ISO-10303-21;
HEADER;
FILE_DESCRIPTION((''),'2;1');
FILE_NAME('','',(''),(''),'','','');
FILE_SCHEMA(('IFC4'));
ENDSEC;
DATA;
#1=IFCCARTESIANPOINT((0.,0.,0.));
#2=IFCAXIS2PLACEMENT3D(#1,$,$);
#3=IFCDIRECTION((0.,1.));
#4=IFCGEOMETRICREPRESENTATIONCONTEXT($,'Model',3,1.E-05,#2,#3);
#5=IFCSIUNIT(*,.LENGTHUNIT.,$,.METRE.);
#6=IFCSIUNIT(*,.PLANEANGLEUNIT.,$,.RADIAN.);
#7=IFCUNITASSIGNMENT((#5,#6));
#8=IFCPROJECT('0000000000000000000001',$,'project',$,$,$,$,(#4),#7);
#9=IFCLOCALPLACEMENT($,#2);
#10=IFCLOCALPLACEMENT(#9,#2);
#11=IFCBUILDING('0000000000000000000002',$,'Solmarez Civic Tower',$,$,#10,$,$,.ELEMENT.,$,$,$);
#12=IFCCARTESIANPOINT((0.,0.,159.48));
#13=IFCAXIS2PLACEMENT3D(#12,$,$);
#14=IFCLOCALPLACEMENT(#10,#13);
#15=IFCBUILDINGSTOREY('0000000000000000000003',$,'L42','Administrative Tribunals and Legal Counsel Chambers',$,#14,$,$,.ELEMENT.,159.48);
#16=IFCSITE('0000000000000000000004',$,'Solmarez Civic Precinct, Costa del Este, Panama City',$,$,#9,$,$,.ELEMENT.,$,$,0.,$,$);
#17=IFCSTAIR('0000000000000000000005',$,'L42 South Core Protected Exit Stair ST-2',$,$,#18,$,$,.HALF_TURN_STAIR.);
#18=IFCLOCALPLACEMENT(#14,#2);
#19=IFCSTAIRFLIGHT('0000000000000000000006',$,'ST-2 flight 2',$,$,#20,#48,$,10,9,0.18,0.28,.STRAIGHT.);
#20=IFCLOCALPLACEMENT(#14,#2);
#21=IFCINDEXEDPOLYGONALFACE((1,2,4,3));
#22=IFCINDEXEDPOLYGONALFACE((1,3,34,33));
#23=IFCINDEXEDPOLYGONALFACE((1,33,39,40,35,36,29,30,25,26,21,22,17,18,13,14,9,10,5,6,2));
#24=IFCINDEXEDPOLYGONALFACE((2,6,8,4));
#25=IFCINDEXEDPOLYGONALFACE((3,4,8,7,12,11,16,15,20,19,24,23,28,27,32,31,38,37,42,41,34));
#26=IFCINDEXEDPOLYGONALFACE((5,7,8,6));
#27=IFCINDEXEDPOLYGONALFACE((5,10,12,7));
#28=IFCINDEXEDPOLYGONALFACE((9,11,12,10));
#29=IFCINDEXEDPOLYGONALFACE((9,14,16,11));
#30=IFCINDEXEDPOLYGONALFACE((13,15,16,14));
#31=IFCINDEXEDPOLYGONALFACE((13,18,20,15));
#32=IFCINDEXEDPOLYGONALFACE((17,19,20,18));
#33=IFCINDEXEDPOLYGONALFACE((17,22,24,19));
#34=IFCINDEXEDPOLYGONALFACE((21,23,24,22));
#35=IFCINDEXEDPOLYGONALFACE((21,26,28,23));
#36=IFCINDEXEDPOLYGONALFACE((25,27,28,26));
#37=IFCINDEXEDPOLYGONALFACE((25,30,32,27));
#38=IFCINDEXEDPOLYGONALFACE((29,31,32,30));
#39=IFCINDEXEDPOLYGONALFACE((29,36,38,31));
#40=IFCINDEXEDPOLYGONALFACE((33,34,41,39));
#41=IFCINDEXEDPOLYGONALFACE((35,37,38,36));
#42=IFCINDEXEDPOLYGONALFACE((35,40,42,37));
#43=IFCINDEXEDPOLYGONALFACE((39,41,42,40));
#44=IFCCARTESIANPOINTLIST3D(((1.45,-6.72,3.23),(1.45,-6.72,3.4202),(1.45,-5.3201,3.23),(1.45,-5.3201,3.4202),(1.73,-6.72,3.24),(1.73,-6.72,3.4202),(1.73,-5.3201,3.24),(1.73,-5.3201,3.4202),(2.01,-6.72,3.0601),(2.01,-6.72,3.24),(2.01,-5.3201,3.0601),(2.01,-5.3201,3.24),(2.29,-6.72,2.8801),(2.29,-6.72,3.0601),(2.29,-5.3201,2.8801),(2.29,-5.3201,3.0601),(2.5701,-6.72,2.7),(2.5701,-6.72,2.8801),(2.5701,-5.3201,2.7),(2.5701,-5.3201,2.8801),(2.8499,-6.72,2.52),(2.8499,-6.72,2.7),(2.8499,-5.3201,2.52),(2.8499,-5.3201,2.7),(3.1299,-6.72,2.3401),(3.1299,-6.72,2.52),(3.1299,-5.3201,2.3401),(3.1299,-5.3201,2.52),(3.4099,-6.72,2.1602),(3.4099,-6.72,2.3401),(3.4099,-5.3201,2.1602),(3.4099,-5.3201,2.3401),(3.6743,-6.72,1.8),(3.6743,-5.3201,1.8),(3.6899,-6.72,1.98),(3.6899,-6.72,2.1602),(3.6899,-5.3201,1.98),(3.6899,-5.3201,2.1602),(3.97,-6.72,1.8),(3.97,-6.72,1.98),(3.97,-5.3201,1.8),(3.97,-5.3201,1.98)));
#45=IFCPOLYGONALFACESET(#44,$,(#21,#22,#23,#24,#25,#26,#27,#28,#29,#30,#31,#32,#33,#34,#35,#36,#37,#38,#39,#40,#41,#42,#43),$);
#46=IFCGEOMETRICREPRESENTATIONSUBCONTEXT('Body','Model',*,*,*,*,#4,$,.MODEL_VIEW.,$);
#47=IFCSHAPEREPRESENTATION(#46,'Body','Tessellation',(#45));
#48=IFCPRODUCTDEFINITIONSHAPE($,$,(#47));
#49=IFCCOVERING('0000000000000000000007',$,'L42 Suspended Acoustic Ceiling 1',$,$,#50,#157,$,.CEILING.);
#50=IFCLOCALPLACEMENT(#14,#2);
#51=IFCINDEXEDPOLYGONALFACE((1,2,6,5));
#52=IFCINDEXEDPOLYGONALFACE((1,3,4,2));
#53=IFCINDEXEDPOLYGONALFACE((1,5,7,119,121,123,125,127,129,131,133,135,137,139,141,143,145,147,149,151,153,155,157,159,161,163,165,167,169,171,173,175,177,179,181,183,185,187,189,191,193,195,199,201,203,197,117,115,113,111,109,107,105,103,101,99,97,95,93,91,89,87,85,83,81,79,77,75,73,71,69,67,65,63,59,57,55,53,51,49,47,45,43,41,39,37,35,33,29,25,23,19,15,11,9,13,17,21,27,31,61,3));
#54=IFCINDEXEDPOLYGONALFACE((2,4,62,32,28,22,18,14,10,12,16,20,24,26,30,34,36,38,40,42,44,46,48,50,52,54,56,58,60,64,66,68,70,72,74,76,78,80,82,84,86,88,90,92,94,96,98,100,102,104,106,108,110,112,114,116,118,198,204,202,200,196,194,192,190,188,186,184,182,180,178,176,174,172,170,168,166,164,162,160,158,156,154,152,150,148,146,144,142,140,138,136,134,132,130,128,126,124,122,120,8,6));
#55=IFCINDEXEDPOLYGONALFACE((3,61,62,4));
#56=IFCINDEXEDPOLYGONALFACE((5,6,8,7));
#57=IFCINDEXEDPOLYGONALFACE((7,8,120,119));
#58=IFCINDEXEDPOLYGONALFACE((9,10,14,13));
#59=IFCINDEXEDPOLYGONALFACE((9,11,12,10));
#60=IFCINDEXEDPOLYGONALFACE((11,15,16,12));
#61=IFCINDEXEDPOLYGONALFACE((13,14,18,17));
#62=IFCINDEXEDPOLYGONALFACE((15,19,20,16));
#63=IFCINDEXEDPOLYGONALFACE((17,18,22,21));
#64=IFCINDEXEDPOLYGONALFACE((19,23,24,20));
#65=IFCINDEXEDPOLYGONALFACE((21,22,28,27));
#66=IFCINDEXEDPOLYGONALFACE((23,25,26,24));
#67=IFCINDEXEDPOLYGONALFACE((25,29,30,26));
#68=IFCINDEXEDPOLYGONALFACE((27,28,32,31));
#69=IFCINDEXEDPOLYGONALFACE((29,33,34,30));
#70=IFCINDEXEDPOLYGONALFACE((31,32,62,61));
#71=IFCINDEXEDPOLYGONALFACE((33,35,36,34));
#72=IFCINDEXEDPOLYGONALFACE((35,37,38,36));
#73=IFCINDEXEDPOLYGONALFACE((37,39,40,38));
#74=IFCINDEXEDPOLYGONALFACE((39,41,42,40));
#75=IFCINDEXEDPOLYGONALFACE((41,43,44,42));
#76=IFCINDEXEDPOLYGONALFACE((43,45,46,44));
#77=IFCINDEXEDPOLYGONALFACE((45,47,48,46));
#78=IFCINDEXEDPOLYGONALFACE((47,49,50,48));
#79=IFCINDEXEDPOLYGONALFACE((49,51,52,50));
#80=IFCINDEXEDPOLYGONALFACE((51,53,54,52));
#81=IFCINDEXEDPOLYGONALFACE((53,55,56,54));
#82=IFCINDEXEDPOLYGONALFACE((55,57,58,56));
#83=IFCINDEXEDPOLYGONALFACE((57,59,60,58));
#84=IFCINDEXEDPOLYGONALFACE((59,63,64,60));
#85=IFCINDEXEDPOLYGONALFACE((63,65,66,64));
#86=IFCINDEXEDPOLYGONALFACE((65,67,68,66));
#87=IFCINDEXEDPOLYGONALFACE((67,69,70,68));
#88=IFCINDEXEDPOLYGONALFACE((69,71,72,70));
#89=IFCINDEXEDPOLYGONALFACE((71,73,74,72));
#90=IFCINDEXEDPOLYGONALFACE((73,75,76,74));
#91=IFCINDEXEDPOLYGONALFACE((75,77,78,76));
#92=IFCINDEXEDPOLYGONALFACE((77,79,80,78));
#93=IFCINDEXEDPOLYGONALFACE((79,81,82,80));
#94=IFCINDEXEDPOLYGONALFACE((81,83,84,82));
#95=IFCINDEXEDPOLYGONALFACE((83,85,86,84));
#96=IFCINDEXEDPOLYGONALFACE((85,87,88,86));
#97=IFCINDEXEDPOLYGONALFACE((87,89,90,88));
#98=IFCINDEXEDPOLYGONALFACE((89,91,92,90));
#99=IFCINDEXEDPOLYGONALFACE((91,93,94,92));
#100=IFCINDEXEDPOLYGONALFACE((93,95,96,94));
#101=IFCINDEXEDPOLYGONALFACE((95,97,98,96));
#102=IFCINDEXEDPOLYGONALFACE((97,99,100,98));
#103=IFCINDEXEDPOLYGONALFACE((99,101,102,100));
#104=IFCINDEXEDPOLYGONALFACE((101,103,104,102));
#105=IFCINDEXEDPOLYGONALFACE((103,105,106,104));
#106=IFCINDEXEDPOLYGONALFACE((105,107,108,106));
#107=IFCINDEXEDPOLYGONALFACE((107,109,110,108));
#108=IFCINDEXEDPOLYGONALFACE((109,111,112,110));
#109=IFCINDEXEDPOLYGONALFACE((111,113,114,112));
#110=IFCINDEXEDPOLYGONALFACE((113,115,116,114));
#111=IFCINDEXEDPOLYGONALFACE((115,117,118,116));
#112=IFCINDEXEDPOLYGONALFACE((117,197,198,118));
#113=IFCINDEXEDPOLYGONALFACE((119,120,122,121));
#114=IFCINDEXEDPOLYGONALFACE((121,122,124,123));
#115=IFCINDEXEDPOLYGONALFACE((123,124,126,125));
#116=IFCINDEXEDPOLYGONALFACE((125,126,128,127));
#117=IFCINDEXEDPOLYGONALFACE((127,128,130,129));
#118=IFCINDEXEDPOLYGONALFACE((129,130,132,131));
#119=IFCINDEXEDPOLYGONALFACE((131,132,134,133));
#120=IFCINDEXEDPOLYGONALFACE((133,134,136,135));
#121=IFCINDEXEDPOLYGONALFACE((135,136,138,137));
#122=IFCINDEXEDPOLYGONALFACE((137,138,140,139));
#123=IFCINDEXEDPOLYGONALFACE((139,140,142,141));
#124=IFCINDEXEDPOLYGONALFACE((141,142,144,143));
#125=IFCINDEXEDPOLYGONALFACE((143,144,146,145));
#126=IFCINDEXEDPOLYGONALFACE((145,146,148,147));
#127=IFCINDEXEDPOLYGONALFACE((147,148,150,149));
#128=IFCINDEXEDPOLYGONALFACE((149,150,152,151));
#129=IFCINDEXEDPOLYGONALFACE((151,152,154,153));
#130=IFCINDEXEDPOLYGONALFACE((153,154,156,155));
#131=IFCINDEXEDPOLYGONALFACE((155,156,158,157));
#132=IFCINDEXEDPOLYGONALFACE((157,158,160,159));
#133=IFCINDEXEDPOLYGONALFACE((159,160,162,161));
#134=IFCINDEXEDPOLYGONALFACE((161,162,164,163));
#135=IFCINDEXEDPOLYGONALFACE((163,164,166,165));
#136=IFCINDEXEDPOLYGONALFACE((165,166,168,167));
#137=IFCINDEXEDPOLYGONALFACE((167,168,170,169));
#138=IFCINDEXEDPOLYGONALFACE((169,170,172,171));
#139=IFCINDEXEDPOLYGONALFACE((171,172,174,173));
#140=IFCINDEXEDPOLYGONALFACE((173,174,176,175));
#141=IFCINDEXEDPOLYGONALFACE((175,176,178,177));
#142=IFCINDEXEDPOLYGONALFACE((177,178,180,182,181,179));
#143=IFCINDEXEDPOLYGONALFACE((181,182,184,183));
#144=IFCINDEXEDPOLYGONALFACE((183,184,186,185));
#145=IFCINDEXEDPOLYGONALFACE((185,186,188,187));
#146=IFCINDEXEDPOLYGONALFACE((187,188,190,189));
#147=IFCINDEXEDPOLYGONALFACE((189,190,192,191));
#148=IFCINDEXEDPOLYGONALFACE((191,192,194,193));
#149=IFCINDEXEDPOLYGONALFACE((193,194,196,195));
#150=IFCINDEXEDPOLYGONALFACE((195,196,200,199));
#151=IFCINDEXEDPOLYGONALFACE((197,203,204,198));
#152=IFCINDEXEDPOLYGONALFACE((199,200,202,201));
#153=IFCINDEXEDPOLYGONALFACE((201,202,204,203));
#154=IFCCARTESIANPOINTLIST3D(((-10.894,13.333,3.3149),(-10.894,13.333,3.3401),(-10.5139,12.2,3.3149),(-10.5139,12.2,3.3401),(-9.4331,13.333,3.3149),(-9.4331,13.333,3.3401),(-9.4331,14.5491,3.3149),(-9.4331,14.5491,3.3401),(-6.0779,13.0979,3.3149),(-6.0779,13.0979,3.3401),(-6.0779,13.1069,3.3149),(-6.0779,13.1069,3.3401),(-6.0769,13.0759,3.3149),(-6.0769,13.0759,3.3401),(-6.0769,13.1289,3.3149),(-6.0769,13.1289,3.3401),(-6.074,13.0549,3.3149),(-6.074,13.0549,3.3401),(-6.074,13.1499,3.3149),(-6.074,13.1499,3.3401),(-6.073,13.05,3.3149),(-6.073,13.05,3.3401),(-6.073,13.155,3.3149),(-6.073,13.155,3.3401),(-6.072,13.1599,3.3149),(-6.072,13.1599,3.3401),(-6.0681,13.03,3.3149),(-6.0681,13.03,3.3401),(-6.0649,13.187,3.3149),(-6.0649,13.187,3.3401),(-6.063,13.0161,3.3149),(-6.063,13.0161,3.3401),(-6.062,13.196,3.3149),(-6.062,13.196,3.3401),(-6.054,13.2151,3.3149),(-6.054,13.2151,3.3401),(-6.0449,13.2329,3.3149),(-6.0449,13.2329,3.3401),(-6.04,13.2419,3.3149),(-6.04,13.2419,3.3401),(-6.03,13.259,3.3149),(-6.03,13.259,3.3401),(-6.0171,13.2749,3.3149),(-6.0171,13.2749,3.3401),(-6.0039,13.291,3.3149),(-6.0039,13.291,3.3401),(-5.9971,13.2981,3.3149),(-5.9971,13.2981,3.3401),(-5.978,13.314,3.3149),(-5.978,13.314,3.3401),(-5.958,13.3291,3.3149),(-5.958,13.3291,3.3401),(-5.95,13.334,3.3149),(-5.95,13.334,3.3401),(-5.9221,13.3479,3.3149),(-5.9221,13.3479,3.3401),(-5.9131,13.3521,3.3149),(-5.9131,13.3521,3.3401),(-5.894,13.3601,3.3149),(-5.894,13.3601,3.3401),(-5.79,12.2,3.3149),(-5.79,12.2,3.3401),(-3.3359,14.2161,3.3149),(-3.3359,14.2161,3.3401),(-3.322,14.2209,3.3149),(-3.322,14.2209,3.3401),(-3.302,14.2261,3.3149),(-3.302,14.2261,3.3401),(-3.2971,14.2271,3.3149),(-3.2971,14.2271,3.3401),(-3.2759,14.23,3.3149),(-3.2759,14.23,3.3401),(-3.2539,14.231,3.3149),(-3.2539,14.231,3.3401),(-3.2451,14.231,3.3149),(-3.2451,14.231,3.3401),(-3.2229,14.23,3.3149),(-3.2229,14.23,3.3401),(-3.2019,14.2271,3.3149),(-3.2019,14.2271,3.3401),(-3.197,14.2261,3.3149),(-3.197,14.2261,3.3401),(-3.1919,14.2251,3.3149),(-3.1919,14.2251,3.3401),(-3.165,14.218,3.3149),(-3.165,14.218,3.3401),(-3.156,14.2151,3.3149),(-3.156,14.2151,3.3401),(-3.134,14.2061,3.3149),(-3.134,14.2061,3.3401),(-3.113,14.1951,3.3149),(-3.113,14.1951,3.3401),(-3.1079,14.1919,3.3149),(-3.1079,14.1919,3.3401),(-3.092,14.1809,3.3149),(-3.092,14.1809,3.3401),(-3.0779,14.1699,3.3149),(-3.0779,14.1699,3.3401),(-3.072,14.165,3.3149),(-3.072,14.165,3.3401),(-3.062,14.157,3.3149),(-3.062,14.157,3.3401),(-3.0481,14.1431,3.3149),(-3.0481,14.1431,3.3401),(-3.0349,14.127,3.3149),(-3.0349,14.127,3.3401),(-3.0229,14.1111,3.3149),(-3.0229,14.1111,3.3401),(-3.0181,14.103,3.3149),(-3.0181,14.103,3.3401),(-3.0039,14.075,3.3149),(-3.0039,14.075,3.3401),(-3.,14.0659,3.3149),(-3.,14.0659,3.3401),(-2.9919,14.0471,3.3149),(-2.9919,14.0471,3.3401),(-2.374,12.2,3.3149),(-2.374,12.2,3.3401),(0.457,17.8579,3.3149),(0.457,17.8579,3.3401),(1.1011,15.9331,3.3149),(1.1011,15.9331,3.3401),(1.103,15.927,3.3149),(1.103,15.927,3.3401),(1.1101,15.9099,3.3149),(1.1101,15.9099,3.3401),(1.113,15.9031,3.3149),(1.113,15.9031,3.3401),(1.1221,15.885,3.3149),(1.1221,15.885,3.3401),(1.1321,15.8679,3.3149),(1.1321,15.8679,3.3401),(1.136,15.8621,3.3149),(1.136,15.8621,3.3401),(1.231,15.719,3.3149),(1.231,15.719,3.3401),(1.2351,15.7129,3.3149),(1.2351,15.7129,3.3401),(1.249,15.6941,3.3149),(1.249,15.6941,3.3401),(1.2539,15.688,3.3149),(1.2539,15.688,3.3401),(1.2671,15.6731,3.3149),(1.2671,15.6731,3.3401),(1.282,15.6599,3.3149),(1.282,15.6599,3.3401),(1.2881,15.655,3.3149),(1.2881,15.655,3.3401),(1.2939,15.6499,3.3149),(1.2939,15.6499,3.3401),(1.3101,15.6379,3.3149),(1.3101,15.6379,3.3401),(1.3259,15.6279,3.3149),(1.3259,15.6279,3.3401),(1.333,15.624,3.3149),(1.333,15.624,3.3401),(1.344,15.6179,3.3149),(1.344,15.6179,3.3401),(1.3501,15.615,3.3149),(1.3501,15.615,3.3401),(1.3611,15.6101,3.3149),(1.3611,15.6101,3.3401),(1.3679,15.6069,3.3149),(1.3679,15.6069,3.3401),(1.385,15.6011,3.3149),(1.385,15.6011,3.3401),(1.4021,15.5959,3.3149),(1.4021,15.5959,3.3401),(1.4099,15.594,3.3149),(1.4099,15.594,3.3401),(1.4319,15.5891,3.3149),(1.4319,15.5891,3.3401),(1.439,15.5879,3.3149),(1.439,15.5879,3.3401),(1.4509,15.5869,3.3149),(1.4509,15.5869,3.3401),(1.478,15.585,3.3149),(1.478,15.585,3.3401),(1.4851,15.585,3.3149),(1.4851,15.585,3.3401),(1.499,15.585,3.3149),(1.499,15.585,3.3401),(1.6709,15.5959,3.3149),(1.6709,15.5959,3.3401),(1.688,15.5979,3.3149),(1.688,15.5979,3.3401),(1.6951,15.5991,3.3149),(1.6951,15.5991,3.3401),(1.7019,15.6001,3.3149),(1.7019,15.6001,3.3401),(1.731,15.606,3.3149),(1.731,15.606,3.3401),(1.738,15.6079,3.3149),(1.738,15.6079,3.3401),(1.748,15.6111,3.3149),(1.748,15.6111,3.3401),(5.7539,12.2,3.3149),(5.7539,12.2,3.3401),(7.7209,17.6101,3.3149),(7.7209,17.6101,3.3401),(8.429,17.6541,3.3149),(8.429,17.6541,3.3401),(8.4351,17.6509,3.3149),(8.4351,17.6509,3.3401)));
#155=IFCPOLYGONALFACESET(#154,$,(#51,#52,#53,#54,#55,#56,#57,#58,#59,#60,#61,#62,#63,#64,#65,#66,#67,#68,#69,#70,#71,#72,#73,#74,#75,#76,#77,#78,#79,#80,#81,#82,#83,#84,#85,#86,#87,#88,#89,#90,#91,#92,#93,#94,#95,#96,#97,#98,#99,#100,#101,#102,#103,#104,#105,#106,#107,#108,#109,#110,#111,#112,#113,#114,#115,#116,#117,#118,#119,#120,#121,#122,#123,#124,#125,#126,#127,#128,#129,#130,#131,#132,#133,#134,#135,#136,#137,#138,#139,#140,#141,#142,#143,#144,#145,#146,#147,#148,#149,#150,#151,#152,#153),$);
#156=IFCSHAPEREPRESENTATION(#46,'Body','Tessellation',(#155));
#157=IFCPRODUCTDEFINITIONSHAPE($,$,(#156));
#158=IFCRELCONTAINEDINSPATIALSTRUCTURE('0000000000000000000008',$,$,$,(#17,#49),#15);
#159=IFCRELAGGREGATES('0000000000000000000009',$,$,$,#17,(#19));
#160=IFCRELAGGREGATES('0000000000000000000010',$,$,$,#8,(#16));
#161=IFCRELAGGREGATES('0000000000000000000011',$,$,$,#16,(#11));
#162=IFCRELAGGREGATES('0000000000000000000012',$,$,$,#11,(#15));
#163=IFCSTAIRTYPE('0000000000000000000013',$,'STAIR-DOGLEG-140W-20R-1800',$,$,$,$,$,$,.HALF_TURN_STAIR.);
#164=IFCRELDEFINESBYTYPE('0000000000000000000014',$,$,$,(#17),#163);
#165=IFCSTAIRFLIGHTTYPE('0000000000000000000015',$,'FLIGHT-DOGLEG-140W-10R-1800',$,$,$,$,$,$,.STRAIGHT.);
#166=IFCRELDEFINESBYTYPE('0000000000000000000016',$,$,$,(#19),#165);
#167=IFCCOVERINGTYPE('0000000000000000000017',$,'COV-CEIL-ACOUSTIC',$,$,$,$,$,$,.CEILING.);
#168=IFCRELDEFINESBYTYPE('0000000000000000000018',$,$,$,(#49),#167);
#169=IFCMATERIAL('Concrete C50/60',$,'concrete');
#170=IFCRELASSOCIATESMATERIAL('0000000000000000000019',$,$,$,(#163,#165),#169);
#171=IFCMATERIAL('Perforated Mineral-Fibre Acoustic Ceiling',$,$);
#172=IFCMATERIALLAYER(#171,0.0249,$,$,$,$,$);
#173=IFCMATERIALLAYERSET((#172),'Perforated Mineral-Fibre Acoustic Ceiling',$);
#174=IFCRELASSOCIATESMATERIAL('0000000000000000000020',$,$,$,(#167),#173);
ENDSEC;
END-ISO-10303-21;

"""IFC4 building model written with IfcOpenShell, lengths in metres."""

from ifc_helpers import new_model, si_unit, direction, frame, origin, place, context, subcontext, project, spatial, polyline, outline, extrude, material, layer, layer_set, type_object, element, aggregate, save


model = new_model("IFC4")

# Units and contexts
model_context = context("Model", 3, precision=1e-05, world=origin(), true_north=direction((0.0, 1.0)))
body_context = subcontext(model_context, "Body", "Model", "MODEL_VIEW")
ifc_project = project(units=[si_unit("LENGTHUNIT", "METRE"), si_unit("PLANEANGLEUNIT", "RADIAN")], contexts=[model_context])

# Site, building, storey
site_placement = place(None, origin())
site = spatial("IfcSite", under=ifc_project, at=site_placement, Name="Solmarez Civic Precinct, Costa del Este, Panama City", CompositionType="ELEMENT", RefElevation=0.0)
building_placement = place(site_placement, origin())
building = spatial("IfcBuilding", under=site, at=building_placement, Name="Solmarez Civic Tower", CompositionType="ELEMENT")
storey_placement = place(building_placement, frame((0.0, 0.0, 159.48)))
storey = spatial("IfcBuildingStorey", under=building, at=storey_placement, Name="L42", Description="Administrative Tribunals and Legal Counsel Chambers", CompositionType="ELEMENT", Elevation=159.48)

# Shared definitions
ifc_material_1 = material(Name="Concrete C50/60", Category="concrete")

# Stair
stair_type = type_object("IfcStairType", Name="STAIR-DOGLEG-140W-20R-1800", PredefinedType="HALF_TURN_STAIR", material=ifc_material_1)
stair_1_placement = place(storey_placement, origin())
stair_1 = element("IfcStair", 1, at=stair_1_placement, inside=storey, type_object=stair_type, Name="L42 South Core Protected Exit Stair ST-2", PredefinedType="HALF_TURN_STAIR")

# Stair flight
stair_flight_type = type_object("IfcStairFlightType", Name="FLIGHT-DOGLEG-140W-10R-1800", PredefinedType="STRAIGHT", material=ifc_material_1)
stair_flight_1_placement = place(storey_placement, frame((3.97, -6.02, 1.8), z_axis=(0.0, 0.0, 1.0), x_axis=(-1.0, 0.0, 0.0)))
stair_flight_1 = element("IfcStairFlight", 2, at=stair_flight_1_placement, type_object=stair_flight_type, Name="ST-2 flight 2", NumberOfRisers=10, NumberOfTreads=9, PredefinedType="STRAIGHT", RiserHeight=0.18, TreadLength=0.28, context=body_context, shape_type="SweptSolid", body=[
    extrude(outline(polyline([(0.0, 0.0), (0.0, 0.1799), (0.28, 0.1799), (0.28, 0.3601), (0.5601, 0.3601), (0.5601, 0.54), (0.8401, 0.54), (0.8401, 0.72), (1.1201, 0.72), (1.1201, 0.8999), (1.3999, 0.8999), (1.3999, 1.0801), (1.6799, 1.0801), (1.6799, 1.26), (1.96, 1.26), (1.96, 1.4399), (2.24, 1.4399), (2.24, 1.6201), (2.52, 1.6201), (2.52, 1.8), (2.52, 1.4299), (0.2957, 0.0), (0.0, 0.0)])), frame((0.0, 0.7, 0.0), z_axis=(0.0, -1.0, 0.0), x_axis=(1.0, 0.0, 0.0)), (0.0, 0.0, 1.0), 1.3999),
])
aggregate(stair_1, [stair_flight_1])

# Covering
ifc_material_2 = material(Name="Perforated Mineral-Fibre Acoustic Ceiling")
ifc_layer_1 = layer(ifc_material_2, 0.0249)
ifc_layer_set_1 = layer_set([ifc_layer_1], Name="Perforated Mineral-Fibre Acoustic Ceiling")
covering_type_1 = type_object("IfcCoveringType", Name="COV-CEIL-ACOUSTIC", PredefinedType="CEILING", material=ifc_layer_set_1)
covering_1_placement = place(storey_placement, frame((0.0, 0.0, 3.3149)))
element("IfcCovering", 3, at=covering_1_placement, inside=storey, type_object=covering_type_1, Name="L42 Suspended Acoustic Ceiling 1", PredefinedType="CEILING", context=body_context, shape_type="SweptSolid", body=[
    extrude(outline(polyline([(-9.4331, 14.5491), (-9.4331, 13.333), (-10.894, 13.333), (-10.5139, 12.2), (-5.79, 12.2), (-6.063, 13.0161), (-6.0681, 13.03), (-6.073, 13.05), (-6.074, 13.0549), (-6.0769, 13.0759), (-6.0779, 13.0979), (-6.0779, 13.1069), (-6.0769, 13.1289), (-6.074, 13.1499), (-6.073, 13.155), (-6.072, 13.1599), (-6.0649, 13.187), (-6.062, 13.196), (-6.054, 13.2151), (-6.0449, 13.2329), (-6.04, 13.2419), (-6.03, 13.259), (-6.0171, 13.2749), (-6.0039, 13.291), (-5.9971, 13.2981), (-5.978, 13.314), (-5.958, 13.3291), (-5.95, 13.334), (-5.9221, 13.3479), (-5.9131, 13.3521), (-5.894, 13.3601), (-3.3359, 14.2161), (-3.322, 14.2209), (-3.302, 14.2261), (-3.2971, 14.2271), (-3.2759, 14.23), (-3.2539, 14.231), (-3.2451, 14.231), (-3.2229, 14.23), (-3.2019, 14.2271), (-3.197, 14.2261), (-3.1919, 14.2251), (-3.165, 14.218), (-3.156, 14.2151), (-3.134, 14.2061), (-3.113, 14.1951), (-3.1079, 14.1919), (-3.092, 14.1809), (-3.0779, 14.1699), (-3.072, 14.165), (-3.062, 14.157), (-3.0481, 14.1431), (-3.0349, 14.127), (-3.0229, 14.1111), (-3.0181, 14.103), (-3.0039, 14.075), (-3.0, 14.0659), (-2.9919, 14.0471), (-2.374, 12.2), (5.7539, 12.2), (8.4351, 17.6509), (8.429, 17.6541), (7.7209, 17.6101), (1.748, 15.6111), (1.738, 15.6079), (1.731, 15.606), (1.7019, 15.6001), (1.6951, 15.5991), (1.688, 15.5979), (1.6709, 15.5959), (1.499, 15.585), (1.4851, 15.585), (1.478, 15.585), (1.4509, 15.5869), (1.439, 15.5879), (1.4319, 15.5891), (1.4099, 15.594), (1.4021, 15.5959), (1.385, 15.6011), (1.3679, 15.6069), (1.3611, 15.6101), (1.3501, 15.615), (1.344, 15.6179), (1.333, 15.624), (1.3259, 15.6279), (1.3101, 15.6379), (1.2939, 15.6499), (1.2881, 15.655), (1.282, 15.6599), (1.2671, 15.6731), (1.2539, 15.688), (1.249, 15.6941), (1.2351, 15.7129), (1.231, 15.719), (1.136, 15.8621), (1.1321, 15.8679), (1.1221, 15.885), (1.113, 15.9031), (1.1101, 15.9099), (1.103, 15.927), (1.1011, 15.9331), (0.457, 17.8579), (-9.4331, 14.5491)])), origin(), (0.0, 0.0, 1.0), 0.0251),
])

save(model, "model.ifc")
